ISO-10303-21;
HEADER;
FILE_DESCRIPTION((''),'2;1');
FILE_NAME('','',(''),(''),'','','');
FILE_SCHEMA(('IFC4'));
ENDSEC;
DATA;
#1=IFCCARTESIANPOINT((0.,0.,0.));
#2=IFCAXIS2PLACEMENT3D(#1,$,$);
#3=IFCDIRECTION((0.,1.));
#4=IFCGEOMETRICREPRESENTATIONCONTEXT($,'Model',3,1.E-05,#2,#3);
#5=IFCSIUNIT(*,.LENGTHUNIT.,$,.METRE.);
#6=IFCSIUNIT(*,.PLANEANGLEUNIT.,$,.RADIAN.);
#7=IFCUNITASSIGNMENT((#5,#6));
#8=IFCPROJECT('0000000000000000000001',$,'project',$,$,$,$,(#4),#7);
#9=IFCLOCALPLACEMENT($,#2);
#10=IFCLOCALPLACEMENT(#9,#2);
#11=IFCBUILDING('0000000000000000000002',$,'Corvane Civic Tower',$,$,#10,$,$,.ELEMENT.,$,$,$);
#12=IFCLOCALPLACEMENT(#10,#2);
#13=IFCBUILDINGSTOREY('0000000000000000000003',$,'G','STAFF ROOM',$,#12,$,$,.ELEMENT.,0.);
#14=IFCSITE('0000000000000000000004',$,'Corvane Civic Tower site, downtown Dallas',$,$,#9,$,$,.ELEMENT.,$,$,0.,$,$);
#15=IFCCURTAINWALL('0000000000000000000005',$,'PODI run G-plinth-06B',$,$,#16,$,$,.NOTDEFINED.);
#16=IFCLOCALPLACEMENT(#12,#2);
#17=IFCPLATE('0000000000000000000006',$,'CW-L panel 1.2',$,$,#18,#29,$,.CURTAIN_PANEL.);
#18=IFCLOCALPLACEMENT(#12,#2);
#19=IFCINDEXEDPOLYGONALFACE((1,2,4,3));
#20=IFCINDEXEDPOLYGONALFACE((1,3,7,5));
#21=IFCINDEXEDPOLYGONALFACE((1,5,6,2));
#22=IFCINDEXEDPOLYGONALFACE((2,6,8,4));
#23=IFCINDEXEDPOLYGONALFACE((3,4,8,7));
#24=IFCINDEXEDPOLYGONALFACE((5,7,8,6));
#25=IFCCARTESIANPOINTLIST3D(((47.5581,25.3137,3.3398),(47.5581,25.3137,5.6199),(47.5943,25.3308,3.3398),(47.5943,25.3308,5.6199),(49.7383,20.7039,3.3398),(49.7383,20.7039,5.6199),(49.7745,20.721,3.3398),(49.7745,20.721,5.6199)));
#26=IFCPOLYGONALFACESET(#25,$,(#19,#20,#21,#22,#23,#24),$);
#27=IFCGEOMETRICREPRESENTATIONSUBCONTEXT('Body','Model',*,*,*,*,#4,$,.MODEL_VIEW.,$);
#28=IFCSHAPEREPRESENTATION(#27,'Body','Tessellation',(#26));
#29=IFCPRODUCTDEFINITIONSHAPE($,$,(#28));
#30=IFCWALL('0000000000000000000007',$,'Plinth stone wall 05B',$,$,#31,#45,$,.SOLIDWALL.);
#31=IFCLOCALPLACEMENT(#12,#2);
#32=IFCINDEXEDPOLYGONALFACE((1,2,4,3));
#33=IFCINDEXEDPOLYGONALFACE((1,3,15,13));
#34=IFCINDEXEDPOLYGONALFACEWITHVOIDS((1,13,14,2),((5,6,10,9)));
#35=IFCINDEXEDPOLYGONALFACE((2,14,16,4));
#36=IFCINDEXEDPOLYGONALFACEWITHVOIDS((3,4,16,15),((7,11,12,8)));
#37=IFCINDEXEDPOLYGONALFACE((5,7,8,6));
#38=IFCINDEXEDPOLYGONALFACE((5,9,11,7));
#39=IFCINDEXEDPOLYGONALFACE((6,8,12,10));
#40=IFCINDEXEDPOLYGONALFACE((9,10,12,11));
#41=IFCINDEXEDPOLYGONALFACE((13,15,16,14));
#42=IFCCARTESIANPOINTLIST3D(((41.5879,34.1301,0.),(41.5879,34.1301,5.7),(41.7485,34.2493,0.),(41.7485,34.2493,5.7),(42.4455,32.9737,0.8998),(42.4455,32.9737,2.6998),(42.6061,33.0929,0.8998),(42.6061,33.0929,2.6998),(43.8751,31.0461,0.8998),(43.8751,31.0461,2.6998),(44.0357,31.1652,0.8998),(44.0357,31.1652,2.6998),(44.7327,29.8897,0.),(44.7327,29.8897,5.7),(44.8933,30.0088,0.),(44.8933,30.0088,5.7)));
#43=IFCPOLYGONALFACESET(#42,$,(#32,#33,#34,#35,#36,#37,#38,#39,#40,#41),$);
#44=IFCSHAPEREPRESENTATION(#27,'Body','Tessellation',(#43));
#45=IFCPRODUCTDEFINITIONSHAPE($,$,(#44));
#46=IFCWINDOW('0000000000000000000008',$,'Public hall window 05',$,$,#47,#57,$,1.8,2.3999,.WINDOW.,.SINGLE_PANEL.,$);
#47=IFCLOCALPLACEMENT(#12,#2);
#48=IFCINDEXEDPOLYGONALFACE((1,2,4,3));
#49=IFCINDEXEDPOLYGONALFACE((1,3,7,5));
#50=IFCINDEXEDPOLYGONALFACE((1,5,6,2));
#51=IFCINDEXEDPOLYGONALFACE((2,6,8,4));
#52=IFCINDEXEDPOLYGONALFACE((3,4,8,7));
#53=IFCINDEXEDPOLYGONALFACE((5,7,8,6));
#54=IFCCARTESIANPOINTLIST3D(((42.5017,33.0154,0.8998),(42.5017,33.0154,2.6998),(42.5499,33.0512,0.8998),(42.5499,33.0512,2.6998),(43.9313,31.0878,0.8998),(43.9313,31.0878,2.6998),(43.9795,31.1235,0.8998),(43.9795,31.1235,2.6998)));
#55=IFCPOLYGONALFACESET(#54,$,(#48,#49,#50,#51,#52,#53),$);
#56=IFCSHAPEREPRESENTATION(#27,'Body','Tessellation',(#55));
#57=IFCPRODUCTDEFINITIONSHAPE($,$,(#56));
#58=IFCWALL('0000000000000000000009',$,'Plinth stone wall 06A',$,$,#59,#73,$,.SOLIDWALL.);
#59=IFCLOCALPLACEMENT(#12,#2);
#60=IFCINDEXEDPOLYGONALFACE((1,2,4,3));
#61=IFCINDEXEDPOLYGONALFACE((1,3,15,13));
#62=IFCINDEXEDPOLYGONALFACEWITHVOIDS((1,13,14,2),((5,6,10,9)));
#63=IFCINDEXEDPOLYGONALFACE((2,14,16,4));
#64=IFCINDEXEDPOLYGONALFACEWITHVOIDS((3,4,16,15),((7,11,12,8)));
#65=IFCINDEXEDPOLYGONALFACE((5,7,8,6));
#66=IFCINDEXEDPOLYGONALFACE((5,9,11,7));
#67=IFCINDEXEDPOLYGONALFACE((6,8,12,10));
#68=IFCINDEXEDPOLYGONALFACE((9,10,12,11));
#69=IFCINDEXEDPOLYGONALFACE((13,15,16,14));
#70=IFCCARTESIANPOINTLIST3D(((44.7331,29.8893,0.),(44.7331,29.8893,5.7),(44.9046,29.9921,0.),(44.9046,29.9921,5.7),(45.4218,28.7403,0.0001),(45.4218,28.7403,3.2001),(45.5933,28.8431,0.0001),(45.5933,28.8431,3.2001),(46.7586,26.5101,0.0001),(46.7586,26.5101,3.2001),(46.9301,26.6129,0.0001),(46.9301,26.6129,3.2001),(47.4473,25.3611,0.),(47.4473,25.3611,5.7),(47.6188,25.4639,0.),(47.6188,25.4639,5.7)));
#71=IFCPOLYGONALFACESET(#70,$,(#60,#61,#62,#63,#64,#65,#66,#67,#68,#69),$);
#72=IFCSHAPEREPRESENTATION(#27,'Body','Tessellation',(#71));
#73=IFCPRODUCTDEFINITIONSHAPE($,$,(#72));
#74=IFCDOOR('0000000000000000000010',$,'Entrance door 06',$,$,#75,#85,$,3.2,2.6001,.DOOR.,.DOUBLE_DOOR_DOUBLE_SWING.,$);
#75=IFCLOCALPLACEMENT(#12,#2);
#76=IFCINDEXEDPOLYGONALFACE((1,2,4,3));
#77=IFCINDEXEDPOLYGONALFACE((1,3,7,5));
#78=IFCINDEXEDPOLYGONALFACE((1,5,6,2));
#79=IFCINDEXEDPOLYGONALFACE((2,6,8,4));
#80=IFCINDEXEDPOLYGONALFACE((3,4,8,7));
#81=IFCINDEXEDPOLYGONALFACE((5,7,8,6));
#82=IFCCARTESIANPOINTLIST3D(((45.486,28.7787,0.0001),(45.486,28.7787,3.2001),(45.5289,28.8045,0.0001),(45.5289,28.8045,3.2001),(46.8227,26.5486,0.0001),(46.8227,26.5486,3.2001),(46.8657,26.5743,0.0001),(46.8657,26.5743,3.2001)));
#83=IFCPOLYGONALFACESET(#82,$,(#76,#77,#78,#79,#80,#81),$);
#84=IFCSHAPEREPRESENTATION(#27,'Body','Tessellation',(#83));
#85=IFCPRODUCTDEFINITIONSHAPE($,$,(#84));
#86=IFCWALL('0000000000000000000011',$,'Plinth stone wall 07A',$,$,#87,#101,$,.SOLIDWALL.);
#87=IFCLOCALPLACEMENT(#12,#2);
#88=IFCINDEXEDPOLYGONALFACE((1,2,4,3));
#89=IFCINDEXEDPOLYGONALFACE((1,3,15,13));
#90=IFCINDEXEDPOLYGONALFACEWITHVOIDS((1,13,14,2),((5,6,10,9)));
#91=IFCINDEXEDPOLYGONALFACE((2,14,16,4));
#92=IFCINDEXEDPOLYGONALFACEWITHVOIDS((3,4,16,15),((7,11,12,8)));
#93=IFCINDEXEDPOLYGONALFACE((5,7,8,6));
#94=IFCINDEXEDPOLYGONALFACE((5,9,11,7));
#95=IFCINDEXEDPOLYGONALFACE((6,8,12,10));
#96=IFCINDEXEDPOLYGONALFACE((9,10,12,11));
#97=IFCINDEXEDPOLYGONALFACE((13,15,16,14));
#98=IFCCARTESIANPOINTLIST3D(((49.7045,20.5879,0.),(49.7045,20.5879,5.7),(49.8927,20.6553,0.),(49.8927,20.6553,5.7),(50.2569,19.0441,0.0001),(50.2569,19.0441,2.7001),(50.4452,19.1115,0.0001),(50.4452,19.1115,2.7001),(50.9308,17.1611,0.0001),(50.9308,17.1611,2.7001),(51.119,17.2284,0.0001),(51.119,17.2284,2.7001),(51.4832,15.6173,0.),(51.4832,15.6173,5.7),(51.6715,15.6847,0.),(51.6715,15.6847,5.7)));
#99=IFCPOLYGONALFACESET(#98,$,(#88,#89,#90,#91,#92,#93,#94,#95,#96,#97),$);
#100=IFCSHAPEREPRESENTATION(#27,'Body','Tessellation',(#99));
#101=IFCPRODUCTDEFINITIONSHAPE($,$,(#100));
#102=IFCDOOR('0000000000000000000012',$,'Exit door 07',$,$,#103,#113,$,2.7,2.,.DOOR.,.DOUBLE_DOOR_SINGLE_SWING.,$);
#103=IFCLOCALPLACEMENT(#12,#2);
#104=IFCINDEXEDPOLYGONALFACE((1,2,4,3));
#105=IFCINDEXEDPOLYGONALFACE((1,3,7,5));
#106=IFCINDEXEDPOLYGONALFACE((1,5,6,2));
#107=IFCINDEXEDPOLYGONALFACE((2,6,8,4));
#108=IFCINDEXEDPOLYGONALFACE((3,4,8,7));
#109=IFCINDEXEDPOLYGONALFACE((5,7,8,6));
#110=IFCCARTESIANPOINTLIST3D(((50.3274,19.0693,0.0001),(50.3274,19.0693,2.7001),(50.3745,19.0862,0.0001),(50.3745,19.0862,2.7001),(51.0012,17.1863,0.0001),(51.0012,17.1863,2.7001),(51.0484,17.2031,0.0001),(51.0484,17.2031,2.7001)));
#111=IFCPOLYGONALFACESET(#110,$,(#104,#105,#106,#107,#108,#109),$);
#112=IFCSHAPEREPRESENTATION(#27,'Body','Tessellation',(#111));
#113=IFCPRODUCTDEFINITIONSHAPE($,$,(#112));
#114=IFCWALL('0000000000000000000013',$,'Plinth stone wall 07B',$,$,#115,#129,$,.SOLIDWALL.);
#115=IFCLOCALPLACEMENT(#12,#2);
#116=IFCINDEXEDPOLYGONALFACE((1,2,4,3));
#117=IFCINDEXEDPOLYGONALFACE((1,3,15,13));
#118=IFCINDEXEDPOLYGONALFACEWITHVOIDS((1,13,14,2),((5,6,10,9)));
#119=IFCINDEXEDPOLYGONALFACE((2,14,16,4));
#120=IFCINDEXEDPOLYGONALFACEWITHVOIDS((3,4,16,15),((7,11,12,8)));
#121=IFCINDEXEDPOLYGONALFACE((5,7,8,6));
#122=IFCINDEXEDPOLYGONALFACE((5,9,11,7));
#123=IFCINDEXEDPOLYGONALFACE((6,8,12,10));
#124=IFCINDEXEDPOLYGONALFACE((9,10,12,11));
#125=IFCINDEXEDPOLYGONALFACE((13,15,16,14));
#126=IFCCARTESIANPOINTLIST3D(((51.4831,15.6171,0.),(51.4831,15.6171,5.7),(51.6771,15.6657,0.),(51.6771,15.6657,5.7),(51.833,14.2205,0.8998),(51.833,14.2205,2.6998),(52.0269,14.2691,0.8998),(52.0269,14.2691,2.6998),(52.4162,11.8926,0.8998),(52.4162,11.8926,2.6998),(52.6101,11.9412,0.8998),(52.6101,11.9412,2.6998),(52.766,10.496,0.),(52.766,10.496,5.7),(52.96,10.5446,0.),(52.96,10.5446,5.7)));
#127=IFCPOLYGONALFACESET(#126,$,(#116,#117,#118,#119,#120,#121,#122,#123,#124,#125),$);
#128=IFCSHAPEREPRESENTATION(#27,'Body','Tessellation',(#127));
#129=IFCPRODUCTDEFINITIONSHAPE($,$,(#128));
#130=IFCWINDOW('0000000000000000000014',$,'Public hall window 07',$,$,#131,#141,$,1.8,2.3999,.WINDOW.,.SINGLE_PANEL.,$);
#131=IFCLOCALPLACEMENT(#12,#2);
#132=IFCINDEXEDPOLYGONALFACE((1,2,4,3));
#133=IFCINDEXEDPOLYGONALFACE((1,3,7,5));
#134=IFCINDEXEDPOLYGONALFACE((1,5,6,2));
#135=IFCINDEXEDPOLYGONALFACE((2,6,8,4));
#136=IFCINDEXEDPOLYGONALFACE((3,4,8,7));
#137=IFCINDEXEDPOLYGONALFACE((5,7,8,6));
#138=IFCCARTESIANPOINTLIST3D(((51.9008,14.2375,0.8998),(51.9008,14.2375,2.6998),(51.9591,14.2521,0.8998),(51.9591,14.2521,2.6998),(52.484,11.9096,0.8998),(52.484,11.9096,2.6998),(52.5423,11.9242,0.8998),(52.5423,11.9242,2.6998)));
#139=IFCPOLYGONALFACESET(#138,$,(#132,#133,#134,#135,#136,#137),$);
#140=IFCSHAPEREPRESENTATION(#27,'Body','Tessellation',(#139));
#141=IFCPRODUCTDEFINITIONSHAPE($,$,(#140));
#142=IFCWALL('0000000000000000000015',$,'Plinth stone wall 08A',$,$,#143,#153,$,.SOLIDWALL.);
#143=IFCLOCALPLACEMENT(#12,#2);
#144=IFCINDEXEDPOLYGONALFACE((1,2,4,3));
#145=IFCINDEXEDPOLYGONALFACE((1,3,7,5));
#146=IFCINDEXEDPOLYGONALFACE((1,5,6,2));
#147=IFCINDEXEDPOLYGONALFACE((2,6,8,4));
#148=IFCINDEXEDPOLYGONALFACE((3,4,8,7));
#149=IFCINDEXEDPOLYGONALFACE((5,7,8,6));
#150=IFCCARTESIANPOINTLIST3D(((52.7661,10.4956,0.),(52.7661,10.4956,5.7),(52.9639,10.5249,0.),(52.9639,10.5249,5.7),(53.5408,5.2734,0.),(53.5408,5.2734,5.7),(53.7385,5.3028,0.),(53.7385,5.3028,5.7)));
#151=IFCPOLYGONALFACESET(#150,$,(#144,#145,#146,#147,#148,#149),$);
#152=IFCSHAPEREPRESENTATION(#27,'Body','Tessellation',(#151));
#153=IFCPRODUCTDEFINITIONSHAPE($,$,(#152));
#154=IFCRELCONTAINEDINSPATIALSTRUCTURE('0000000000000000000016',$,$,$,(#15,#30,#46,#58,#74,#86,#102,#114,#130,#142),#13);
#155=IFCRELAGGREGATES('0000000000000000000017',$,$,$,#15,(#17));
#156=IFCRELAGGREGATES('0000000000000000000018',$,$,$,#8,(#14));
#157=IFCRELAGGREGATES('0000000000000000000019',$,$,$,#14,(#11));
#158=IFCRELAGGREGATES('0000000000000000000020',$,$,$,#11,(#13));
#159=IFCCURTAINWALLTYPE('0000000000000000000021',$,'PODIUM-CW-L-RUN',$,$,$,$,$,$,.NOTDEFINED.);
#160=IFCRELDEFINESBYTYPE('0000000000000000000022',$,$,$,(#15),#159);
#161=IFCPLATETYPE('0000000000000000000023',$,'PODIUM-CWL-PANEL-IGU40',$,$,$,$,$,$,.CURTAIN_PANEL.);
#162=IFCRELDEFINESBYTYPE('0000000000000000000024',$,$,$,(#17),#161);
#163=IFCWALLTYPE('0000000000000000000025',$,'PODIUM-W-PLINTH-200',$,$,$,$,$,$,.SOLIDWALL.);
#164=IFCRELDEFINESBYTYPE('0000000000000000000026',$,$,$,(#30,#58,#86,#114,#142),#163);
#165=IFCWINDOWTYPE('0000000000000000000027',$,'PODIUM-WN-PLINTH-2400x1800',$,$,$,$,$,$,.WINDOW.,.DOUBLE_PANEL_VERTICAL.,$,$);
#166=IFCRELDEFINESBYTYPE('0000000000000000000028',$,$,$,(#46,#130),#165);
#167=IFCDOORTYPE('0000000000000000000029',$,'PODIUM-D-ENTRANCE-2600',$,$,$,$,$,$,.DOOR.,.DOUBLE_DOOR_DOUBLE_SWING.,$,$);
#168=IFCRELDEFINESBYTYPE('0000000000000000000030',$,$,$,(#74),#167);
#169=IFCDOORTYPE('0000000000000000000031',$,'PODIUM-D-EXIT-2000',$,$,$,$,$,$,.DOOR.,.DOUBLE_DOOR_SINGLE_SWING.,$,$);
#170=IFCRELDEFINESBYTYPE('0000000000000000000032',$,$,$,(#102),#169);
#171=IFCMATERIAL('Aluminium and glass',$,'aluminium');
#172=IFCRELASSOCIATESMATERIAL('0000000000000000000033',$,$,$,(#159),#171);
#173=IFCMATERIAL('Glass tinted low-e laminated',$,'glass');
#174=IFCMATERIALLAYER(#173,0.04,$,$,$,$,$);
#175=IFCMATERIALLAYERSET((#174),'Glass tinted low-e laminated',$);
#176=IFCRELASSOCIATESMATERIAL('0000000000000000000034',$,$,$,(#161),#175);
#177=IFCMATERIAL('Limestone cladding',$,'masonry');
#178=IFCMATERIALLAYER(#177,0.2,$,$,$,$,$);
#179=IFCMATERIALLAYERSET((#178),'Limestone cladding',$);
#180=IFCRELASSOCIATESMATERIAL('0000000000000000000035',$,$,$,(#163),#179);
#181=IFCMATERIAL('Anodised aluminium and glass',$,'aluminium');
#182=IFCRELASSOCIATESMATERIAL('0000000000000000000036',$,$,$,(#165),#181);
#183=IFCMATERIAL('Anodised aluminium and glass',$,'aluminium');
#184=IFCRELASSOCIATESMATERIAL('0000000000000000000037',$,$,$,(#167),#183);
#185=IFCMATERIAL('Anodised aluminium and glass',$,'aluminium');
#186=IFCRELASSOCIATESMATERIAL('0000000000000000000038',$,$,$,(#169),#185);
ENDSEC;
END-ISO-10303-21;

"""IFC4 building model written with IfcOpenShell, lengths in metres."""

from ifc_helpers import new_model, si_unit, direction, frame, frame_2d, origin, origin_2d, place, context, subcontext, project, spatial, rectangle, extrude, material, layer, layer_set, type_object, element, fill, aggregate, save


model = new_model("IFC4")

# Units and contexts
model_context = context("Model", 3, precision=1e-05, world=origin(), true_north=direction((0.0, 1.0)))
body_context = subcontext(model_context, "Body", "Model", "MODEL_VIEW")
ifc_project = project(units=[si_unit("LENGTHUNIT", "METRE"), si_unit("PLANEANGLEUNIT", "RADIAN")], contexts=[model_context])

# Site, building, storey
site_placement = place(None, origin())
site = spatial("IfcSite", under=ifc_project, at=site_placement, Name="Corvane Civic Tower site, downtown Dallas", CompositionType="ELEMENT", RefElevation=0.0)
building_placement = place(site_placement, origin())
building = spatial("IfcBuilding", under=site, at=building_placement, Name="Corvane Civic Tower", CompositionType="ELEMENT")
storey_placement = place(building_placement, origin())
storey = spatial("IfcBuildingStorey", under=building, at=storey_placement, Name="G", Description="STAFF ROOM", CompositionType="ELEMENT", Elevation=0.0)

# Curtain wall, plate
ifc_material_1 = material(Name="Aluminium and glass", Category="aluminium")
curtain_wall_type = type_object("IfcCurtainWallType", Name="PODIUM-CW-L-RUN", PredefinedType="NOTDEFINED", material=ifc_material_1)
curtain_wall_placement = place(storey_placement, origin())
curtain_wall = element("IfcCurtainWall", 1, at=curtain_wall_placement, inside=storey, type_object=curtain_wall_type, Name="PODI run G-plinth-06B", PredefinedType="NOTDEFINED")
ifc_material_2 = material(Name="Glass tinted low-e laminated", Category="glass")
ifc_layer_1 = layer(ifc_material_2, 0.04)
ifc_layer_set_1 = layer_set([ifc_layer_1], Name="Glass tinted low-e laminated")
plate_type = type_object("IfcPlateType", Name="PODIUM-CWL-PANEL-IGU40", PredefinedType="CURTAIN_PANEL", material=ifc_layer_set_1)
plate_1_placement = place(storey_placement, frame((48.6663, 23.0173, 3.3398), z_axis=(0.0, 0.0, 1.0), x_axis=(0.427545, -0.903994, 0.0)))
plate_1 = element("IfcPlate", 2, at=plate_1_placement, type_object=plate_type, Name="CW-L panel 1.2", PredefinedType="CURTAIN_PANEL", context=body_context, shape_type="SweptSolid", body=[
    extrude(rectangle(XDim=5.0994, YDim=0.04, at=origin_2d()), origin(), (0.0, 0.0, 1.0), 2.28),
])
aggregate(curtain_wall, [plate_1])

# Wall, opening, window
ifc_material_3 = material(Name="Limestone cladding", Category="masonry")
ifc_layer_2 = layer(ifc_material_3, 0.2)
ifc_layer_set_2 = layer_set([ifc_layer_2], Name="Limestone cladding")
wall_type = type_object("IfcWallType", Name="PODIUM-W-PLINTH-200", PredefinedType="SOLIDWALL", material=ifc_layer_set_2)
wall_1_placement = place(storey_placement, frame((41.6682, 34.1897, 0.0), z_axis=(0.0, 0.0, 1.0), x_axis=(0.595678, -0.803224, 0.0)))
wall_1 = element("IfcWall", 3, at=wall_1_placement, inside=storey, type_object=wall_type, Name="Plinth stone wall 05B", PredefinedType="SOLIDWALL", context=body_context, shape_type="SweptSolid", body=[
    extrude(rectangle(XDim=5.2793, YDim=0.2, at=frame_2d((2.6396, 0.0))), origin(), (0.0, 0.0, 1.0), 5.7),
])
opening_1_placement = place(wall_1_placement, frame((1.4397, 0.0, 0.8999)))
opening_1 = element("IfcOpeningElement", 4, at=opening_1_placement, cuts=wall_1, PredefinedType="OPENING", context=body_context, shape_type="SweptSolid", body=[
    extrude(rectangle(XDim=2.3999, YDim=1.8, at=frame_2d((1.2, 0.8999))), frame((0.0, 0.1099, 0.0), z_axis=(0.0, -1.0, 0.0), x_axis=(1.0, 0.0, 0.0)), (0.0, 0.0, 1.0), 0.22),
])
ifc_material_4 = material(Name="Anodised aluminium and glass", Category="aluminium")
window_type = type_object("IfcWindowType", Name="PODIUM-WN-PLINTH-2400x1800", PartitioningType="DOUBLE_PANEL_VERTICAL", PredefinedType="WINDOW", material=ifc_material_4)
window_1_placement = place(opening_1_placement, origin())
window_1 = element("IfcWindow", 5, at=window_1_placement, inside=storey, type_object=window_type, Name="Public hall window 05", OverallHeight=1.8, OverallWidth=2.3999, PartitioningType="SINGLE_PANEL", PredefinedType="WINDOW", context=body_context, shape_type="SweptSolid", body=[
    extrude(rectangle(XDim=2.3999, YDim=1.8, at=frame_2d((1.2, 0.8999))), frame((0.0, 0.03, 0.0), z_axis=(0.0, -1.0, 0.0), x_axis=(1.0, 0.0, 0.0)), (0.0, 0.0, 1.0), 0.0601),
])
fill(opening_1, window_1)

# Walls, openings, doors
wall_2_placement = place(storey_placement, frame((44.8188, 29.9407, 0.0), z_axis=(0.0, 0.0, 1.0), x_axis=(0.514115, -0.857721, 0.0)))
wall_2 = element("IfcWall", 6, at=wall_2_placement, inside=storey, type_object=wall_type, Name="Plinth stone wall 06A", PredefinedType="SOLIDWALL", context=body_context, shape_type="SweptSolid", body=[
    extrude(rectangle(XDim=5.2793, YDim=0.2, at=frame_2d((2.6396, 0.0))), origin(), (0.0, 0.0, 1.0), 5.7),
])
opening_2_placement = place(wall_2_placement, frame((1.3396, 0.0, 0.0)))
opening_2 = element("IfcOpeningElement", 7, at=opening_2_placement, cuts=wall_2, PredefinedType="OPENING", context=body_context, shape_type="SweptSolid", body=[
    extrude(rectangle(XDim=2.6001, YDim=3.2, at=frame_2d((1.3, 1.6001))), frame((0.0, 0.1099, 0.0), z_axis=(0.0, -1.0, 0.0), x_axis=(1.0, 0.0, 0.0)), (0.0, 0.0, 1.0), 0.22),
])
ifc_material_5 = material(Name="Anodised aluminium and glass", Category="aluminium")
door_type_1 = type_object("IfcDoorType", Name="PODIUM-D-ENTRANCE-2600", OperationType="DOUBLE_DOOR_DOUBLE_SWING", PredefinedType="DOOR", material=ifc_material_5)
door_1_placement = place(opening_2_placement, origin())
door_1 = element("IfcDoor", 8, at=door_1_placement, inside=storey, type_object=door_type_1, Name="Entrance door 06", OperationType="DOUBLE_DOOR_DOUBLE_SWING", OverallHeight=3.2, OverallWidth=2.6001, PredefinedType="DOOR", context=body_context, shape_type="SweptSolid", body=[
    extrude(rectangle(XDim=2.6001, YDim=3.2, at=frame_2d((1.3, 1.6001))), frame((0.0, 0.0249, 0.0), z_axis=(0.0, -1.0, 0.0), x_axis=(1.0, 0.0, 0.0)), (0.0, 0.0, 1.0), 0.05),
])
fill(opening_2, door_1)
wall_3_placement = place(storey_placement, frame((49.7986, 20.6216, 0.0), z_axis=(0.0, 0.0, 1.0), x_axis=(0.336934, -0.941528, 0.0)))
wall_3 = element("IfcWall", 9, at=wall_3_placement, inside=storey, type_object=wall_type, Name="Plinth stone wall 07A", PredefinedType="SOLIDWALL", context=body_context, shape_type="SweptSolid", body=[
    extrude(rectangle(XDim=5.2793, YDim=0.2, at=frame_2d((2.6396, 0.0))), origin(), (0.0, 0.0, 1.0), 5.7),
])
opening_3_placement = place(wall_3_placement, frame((1.6396, 0.0, 0.0)))
opening_3 = element("IfcOpeningElement", 10, at=opening_3_placement, cuts=wall_3, PredefinedType="OPENING", context=body_context, shape_type="SweptSolid", body=[
    extrude(rectangle(XDim=2.0, YDim=2.7, at=frame_2d((1.0, 1.3501))), frame((0.0, 0.1099, 0.0), z_axis=(0.0, -1.0, 0.0), x_axis=(1.0, 0.0, 0.0)), (0.0, 0.0, 1.0), 0.22),
])
ifc_material_6 = material(Name="Anodised aluminium and glass", Category="aluminium")
door_type_2 = type_object("IfcDoorType", Name="PODIUM-D-EXIT-2000", OperationType="DOUBLE_DOOR_SINGLE_SWING", PredefinedType="DOOR", material=ifc_material_6)
door_2_placement = place(opening_3_placement, origin())
door_2 = element("IfcDoor", 11, at=door_2_placement, inside=storey, type_object=door_type_2, Name="Exit door 07", OperationType="DOUBLE_DOOR_SINGLE_SWING", OverallHeight=2.7, OverallWidth=2.0, PredefinedType="DOOR", context=body_context, shape_type="SweptSolid", body=[
    extrude(rectangle(XDim=2.0, YDim=2.7, at=frame_2d((1.0, 1.3501))), frame((0.0, 0.0249, 0.0), z_axis=(0.0, -1.0, 0.0), x_axis=(1.0, 0.0, 0.0)), (0.0, 0.0, 1.0), 0.05),
])
fill(opening_3, door_2)

# Wall, opening, window
wall_4_placement = place(storey_placement, frame((51.5801, 15.6414, 0.0), z_axis=(0.0, 0.0, 1.0), x_axis=(0.243014, -0.970023, 0.0)))
wall_4 = element("IfcWall", 12, at=wall_4_placement, inside=storey, type_object=wall_type, Name="Plinth stone wall 07B", PredefinedType="SOLIDWALL", context=body_context, shape_type="SweptSolid", body=[
    extrude(rectangle(XDim=5.2793, YDim=0.2, at=frame_2d((2.6396, 0.0))), origin(), (0.0, 0.0, 1.0), 5.7),
])
opening_4_placement = place(wall_4_placement, frame((1.4397, 0.0, 0.8999)))
opening_4 = element("IfcOpeningElement", 13, at=opening_4_placement, cuts=wall_4, PredefinedType="OPENING", context=body_context, shape_type="SweptSolid", body=[
    extrude(rectangle(XDim=2.3999, YDim=1.8, at=frame_2d((1.2, 0.8999))), frame((0.0, 0.1099, 0.0), z_axis=(0.0, -1.0, 0.0), x_axis=(1.0, 0.0, 0.0)), (0.0, 0.0, 1.0), 0.22),
])
window_2_placement = place(opening_4_placement, origin())
window_2 = element("IfcWindow", 14, at=window_2_placement, inside=storey, type_object=window_type, Name="Public hall window 07", OverallHeight=1.8, OverallWidth=2.3999, PartitioningType="SINGLE_PANEL", PredefinedType="WINDOW", context=body_context, shape_type="SweptSolid", body=[
    extrude(rectangle(XDim=2.3999, YDim=1.8, at=frame_2d((1.2, 0.8999))), frame((0.0, 0.03, 0.0), z_axis=(0.0, -1.0, 0.0), x_axis=(1.0, 0.0, 0.0)), (0.0, 0.0, 1.0), 0.0601),
])
fill(opening_4, window_2)

# Wall
wall_5_placement = place(storey_placement, frame((52.865, 10.5103, 0.0), z_axis=(0.0, 0.0, 1.0), x_axis=(0.146735, -0.989176, 0.0)))
element("IfcWall", 15, at=wall_5_placement, inside=storey, type_object=wall_type, Name="Plinth stone wall 08A", PredefinedType="SOLIDWALL", context=body_context, shape_type="SweptSolid", body=[
    extrude(rectangle(XDim=5.2793, YDim=0.2, at=frame_2d((2.6396, 0.0))), origin(), (0.0, 0.0, 1.0), 5.7),
])

save(model, "model.ifc")
